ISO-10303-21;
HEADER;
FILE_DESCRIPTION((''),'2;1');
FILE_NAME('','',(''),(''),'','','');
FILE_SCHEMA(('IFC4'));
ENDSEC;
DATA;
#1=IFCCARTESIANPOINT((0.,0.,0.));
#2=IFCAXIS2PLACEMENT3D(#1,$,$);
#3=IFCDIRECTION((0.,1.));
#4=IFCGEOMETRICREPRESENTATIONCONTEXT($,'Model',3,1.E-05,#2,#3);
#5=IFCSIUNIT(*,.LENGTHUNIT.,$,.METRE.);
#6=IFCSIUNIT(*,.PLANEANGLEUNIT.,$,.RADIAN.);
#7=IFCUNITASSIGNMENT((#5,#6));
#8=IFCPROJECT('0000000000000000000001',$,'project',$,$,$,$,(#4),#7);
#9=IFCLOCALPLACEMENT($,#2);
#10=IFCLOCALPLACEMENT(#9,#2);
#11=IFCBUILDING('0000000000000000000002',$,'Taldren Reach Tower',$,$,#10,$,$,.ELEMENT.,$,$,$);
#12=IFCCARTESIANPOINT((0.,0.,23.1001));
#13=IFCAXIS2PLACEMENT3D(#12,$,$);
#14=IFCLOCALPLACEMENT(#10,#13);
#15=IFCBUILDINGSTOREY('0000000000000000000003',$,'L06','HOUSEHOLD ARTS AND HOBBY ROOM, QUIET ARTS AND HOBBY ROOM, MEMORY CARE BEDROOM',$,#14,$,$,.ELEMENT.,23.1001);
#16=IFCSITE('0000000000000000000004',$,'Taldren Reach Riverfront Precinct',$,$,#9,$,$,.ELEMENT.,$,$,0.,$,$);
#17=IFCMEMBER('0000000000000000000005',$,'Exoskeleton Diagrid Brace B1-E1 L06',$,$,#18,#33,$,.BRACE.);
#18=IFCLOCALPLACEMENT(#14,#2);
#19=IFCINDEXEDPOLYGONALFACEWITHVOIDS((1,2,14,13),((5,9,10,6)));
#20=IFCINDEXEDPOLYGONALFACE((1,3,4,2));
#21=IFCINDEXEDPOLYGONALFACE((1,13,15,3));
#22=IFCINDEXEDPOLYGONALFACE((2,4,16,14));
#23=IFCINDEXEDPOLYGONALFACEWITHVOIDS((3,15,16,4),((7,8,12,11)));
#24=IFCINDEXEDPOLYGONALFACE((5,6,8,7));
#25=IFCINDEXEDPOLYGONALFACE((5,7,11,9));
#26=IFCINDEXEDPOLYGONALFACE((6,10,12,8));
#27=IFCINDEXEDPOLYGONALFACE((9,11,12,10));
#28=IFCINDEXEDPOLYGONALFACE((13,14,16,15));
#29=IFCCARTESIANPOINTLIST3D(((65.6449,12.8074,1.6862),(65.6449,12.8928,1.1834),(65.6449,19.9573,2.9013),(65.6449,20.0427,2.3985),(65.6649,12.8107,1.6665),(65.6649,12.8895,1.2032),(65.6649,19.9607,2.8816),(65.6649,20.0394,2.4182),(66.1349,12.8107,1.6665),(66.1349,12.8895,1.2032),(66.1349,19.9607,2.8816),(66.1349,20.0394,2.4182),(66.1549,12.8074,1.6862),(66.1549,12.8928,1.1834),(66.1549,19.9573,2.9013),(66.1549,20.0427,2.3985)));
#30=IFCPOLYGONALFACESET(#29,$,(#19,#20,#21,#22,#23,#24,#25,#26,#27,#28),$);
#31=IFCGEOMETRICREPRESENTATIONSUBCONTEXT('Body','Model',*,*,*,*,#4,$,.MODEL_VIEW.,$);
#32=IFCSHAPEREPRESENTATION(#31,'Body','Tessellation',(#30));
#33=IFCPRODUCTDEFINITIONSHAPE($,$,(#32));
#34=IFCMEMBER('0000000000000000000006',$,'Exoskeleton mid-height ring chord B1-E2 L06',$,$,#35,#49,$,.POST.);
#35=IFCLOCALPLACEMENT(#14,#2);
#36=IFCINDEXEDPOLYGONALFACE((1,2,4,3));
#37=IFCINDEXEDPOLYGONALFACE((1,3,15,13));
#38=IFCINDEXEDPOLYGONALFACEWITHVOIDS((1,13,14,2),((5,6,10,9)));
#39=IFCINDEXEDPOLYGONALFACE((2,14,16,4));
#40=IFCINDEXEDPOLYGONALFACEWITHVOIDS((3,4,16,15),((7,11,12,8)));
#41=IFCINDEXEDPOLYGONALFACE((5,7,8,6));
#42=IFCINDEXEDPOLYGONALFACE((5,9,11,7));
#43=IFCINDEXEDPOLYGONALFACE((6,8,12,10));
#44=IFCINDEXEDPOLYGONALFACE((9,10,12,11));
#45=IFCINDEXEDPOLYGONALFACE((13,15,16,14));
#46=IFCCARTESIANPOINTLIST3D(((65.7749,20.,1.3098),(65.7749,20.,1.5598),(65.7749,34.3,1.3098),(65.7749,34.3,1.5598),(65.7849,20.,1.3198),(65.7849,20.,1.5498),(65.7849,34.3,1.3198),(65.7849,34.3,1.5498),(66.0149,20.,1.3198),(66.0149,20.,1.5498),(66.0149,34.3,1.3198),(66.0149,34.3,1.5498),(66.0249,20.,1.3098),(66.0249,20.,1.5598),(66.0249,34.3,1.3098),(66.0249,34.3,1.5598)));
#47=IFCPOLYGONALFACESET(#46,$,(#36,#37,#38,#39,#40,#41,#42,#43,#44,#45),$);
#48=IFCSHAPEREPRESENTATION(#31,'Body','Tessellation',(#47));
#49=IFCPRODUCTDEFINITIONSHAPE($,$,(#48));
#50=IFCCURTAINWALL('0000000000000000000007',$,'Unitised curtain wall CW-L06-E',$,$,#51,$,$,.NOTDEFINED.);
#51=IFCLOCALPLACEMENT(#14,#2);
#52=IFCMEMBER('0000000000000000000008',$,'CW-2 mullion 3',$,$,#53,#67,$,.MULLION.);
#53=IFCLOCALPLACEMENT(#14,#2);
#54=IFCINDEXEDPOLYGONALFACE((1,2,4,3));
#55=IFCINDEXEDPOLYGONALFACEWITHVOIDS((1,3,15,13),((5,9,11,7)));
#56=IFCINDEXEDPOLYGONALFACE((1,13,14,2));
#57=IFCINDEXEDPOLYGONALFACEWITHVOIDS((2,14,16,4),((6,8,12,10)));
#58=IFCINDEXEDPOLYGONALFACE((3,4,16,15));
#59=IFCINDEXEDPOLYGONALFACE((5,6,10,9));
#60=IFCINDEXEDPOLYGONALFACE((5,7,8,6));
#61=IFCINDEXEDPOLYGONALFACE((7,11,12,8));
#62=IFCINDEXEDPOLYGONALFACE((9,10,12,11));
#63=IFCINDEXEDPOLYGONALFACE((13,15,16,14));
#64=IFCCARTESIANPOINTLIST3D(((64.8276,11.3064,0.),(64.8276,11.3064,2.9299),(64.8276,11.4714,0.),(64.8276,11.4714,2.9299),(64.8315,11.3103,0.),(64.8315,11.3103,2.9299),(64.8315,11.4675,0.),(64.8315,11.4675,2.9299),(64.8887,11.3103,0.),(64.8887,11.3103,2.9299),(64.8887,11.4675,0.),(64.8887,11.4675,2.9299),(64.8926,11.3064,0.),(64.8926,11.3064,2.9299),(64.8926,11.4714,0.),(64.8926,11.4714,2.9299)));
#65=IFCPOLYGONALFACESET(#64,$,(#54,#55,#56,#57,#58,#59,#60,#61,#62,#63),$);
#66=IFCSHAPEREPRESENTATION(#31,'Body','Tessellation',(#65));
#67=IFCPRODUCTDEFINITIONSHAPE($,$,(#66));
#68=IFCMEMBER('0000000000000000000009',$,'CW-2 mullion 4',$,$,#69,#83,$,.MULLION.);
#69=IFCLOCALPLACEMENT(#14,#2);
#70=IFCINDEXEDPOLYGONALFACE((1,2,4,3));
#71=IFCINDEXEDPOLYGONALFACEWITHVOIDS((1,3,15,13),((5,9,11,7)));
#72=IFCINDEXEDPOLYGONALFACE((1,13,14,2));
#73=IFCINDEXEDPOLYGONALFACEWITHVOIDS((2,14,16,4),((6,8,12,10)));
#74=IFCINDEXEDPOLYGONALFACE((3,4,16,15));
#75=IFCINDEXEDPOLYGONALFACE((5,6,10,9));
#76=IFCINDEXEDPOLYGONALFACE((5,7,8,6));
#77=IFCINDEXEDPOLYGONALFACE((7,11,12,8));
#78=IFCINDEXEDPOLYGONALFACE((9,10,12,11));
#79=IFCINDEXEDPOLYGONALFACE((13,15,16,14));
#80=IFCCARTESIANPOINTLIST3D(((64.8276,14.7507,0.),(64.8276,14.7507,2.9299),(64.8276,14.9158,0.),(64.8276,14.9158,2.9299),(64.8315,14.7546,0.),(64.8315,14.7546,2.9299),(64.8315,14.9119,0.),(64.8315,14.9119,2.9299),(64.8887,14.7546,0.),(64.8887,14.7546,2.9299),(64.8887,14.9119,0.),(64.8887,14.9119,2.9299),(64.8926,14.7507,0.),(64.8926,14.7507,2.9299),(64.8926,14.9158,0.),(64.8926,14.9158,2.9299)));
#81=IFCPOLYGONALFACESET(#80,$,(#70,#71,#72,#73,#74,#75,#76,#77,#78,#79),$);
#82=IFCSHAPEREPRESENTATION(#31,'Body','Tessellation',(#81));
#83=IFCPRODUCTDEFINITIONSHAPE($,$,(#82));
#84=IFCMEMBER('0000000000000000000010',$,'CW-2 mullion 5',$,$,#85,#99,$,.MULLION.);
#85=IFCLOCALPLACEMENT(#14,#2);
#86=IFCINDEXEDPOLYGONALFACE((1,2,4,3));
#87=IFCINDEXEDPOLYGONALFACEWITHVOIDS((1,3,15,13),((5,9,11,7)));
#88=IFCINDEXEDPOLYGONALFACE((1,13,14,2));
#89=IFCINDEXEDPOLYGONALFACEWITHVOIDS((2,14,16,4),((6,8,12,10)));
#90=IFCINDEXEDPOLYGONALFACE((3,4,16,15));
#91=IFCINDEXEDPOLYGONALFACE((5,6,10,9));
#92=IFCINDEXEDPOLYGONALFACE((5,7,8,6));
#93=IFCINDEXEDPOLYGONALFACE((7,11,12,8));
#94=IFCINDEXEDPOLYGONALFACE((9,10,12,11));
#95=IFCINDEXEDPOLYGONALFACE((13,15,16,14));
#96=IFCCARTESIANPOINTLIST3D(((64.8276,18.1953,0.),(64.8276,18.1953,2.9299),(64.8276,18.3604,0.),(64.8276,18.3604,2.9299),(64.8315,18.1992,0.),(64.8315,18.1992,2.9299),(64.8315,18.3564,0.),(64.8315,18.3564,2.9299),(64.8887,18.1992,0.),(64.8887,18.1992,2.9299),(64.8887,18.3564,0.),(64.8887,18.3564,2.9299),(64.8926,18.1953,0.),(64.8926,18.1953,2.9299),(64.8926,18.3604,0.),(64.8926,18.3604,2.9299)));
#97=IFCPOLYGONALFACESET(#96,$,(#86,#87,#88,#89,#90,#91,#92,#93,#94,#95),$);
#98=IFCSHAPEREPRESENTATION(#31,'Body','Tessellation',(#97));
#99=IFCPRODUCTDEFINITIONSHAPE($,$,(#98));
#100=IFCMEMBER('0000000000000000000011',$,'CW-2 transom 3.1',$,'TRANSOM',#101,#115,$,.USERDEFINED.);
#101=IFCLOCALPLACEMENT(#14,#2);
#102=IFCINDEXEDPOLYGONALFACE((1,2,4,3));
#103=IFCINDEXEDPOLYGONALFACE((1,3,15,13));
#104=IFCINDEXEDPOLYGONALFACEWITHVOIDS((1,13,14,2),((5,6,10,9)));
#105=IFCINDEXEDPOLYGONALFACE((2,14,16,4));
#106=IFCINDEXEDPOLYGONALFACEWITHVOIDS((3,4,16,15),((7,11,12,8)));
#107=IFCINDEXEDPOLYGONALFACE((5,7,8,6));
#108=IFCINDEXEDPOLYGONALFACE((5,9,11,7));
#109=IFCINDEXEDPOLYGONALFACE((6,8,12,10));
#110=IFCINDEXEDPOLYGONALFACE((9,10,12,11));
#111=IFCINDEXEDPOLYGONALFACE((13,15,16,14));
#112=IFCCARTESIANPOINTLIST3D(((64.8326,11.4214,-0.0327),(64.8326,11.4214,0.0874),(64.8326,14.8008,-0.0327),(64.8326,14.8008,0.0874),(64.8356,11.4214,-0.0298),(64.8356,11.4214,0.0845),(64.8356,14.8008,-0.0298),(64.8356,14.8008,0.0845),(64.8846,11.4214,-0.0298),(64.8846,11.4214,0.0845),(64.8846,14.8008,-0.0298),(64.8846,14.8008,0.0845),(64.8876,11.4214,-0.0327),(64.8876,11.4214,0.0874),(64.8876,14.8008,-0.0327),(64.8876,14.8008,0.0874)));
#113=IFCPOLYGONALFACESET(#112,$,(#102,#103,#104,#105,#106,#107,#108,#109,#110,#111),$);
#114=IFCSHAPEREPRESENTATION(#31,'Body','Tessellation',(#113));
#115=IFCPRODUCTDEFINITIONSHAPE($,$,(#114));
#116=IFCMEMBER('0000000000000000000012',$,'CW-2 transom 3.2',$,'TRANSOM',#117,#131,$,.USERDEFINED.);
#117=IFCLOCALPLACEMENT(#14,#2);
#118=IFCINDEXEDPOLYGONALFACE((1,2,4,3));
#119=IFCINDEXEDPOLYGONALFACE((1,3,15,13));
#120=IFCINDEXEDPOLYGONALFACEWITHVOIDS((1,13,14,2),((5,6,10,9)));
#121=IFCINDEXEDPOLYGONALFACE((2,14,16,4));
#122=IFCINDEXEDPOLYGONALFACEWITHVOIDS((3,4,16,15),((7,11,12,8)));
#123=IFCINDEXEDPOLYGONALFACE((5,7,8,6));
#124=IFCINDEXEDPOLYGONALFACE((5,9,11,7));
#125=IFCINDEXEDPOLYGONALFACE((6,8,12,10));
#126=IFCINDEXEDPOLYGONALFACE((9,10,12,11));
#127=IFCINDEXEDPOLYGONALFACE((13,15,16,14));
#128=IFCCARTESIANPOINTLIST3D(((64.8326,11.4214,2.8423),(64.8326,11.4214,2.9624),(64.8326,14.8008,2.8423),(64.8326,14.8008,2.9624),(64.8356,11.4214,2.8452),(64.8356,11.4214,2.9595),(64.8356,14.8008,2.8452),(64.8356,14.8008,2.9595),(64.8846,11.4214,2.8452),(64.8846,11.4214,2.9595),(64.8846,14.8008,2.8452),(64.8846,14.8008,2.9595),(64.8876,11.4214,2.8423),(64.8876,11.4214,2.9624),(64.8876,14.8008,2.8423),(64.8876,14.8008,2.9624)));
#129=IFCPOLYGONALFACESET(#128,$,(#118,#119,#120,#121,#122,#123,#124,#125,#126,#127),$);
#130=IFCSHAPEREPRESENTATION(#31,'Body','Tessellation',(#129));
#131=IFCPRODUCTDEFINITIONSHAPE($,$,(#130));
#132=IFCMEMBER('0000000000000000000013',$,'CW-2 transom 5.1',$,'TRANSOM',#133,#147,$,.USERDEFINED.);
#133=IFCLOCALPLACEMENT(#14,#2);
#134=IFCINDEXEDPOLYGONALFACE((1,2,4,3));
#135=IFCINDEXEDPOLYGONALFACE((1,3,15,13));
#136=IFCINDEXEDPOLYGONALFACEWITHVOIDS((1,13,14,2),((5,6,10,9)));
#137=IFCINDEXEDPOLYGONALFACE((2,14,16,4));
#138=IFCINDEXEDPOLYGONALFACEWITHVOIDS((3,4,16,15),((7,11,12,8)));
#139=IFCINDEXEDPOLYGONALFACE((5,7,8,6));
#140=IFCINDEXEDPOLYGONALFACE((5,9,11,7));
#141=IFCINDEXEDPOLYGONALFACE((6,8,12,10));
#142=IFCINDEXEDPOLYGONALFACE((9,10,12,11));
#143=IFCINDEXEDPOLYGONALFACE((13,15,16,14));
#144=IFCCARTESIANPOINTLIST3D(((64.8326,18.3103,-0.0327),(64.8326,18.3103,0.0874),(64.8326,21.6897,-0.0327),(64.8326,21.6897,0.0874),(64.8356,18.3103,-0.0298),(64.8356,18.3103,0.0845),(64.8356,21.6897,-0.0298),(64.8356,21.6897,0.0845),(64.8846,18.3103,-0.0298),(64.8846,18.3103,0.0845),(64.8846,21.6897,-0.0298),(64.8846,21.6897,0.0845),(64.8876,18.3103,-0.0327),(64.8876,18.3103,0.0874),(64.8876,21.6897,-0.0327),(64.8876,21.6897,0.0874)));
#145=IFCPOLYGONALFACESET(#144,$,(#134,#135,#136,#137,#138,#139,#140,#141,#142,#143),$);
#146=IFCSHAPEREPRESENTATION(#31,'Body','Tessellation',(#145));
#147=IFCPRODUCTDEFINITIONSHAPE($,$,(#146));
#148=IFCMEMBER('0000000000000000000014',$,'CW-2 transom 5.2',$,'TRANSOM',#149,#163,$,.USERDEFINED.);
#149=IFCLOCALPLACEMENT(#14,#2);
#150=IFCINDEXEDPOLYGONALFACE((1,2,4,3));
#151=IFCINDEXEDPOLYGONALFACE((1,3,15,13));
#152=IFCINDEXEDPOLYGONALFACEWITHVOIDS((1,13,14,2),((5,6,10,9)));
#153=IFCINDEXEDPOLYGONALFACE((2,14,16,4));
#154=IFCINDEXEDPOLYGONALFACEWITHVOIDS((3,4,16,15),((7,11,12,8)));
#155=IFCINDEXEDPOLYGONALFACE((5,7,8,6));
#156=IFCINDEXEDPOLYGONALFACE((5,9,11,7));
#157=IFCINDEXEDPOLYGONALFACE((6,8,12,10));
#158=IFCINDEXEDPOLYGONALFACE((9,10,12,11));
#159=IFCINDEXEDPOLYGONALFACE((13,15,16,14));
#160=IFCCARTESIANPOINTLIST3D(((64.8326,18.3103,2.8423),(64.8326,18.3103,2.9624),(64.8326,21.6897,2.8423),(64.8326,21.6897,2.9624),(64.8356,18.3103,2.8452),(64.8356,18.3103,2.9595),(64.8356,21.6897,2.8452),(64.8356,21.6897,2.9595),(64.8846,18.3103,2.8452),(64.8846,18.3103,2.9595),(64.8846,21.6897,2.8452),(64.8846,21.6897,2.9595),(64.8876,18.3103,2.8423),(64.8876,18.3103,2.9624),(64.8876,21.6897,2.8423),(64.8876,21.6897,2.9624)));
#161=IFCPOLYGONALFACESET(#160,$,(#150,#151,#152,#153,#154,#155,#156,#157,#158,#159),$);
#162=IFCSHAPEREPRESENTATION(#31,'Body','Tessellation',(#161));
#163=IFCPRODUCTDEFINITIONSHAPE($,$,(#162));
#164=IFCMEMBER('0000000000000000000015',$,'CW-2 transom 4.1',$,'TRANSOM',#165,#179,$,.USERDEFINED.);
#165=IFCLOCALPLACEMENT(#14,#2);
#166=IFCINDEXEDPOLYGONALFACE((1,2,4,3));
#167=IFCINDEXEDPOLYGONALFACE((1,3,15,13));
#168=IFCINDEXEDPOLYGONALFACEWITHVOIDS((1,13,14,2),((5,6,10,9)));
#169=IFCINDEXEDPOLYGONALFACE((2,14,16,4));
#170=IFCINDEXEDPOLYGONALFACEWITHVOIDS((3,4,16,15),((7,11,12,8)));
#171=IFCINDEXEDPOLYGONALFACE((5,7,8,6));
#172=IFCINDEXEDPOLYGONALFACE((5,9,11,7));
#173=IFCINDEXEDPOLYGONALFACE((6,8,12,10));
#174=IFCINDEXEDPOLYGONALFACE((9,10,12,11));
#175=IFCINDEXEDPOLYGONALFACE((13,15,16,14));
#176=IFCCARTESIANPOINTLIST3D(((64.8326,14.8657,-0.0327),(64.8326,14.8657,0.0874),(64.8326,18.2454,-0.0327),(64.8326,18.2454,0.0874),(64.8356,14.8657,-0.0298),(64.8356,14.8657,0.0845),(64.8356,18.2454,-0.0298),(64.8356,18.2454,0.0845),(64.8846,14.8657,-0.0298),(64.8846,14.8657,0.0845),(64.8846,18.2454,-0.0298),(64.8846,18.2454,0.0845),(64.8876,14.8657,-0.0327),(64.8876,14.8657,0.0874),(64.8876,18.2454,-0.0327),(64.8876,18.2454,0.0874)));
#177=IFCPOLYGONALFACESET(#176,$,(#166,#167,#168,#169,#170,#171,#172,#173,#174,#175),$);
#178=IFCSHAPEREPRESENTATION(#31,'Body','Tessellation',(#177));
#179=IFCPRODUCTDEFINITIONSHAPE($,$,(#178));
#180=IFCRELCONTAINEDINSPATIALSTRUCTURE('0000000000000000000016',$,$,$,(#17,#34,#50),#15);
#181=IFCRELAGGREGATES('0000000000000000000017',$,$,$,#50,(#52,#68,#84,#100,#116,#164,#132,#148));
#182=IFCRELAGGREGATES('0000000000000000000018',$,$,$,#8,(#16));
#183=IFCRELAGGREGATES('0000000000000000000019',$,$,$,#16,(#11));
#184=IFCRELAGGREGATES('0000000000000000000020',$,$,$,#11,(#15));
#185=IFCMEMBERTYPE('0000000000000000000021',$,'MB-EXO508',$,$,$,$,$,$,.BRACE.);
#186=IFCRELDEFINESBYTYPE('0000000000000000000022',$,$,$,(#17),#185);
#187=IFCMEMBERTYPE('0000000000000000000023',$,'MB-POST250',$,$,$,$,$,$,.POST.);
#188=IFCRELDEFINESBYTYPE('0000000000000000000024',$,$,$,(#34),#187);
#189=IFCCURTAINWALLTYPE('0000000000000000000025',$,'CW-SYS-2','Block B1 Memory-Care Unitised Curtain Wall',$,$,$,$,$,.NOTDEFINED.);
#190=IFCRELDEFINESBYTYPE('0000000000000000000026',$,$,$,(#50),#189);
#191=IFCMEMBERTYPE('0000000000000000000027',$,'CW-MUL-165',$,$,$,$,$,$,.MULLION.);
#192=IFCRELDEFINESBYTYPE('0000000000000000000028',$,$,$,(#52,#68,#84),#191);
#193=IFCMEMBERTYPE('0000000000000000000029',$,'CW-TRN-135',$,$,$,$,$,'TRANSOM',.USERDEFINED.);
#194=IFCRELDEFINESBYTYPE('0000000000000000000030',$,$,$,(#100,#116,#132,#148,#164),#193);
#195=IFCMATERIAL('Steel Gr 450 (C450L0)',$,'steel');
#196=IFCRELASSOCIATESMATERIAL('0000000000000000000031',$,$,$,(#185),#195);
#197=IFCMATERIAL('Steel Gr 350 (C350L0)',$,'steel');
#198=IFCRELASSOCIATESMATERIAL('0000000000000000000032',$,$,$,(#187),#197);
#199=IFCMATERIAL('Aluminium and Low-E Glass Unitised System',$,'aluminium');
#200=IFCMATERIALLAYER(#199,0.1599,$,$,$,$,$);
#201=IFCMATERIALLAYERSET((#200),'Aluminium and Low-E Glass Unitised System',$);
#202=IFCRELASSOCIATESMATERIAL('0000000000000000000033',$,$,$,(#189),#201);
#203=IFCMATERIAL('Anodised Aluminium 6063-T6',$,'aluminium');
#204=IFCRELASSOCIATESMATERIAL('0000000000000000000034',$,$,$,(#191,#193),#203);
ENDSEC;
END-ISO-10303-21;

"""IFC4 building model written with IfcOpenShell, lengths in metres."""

from ifc_helpers import new_model, si_unit, direction, frame, origin, origin_2d, place, context, subcontext, project, spatial, hollow_rectangle, extrude, source, transform, mapped, material, layer, layer_set, material_profile, profile_set, type_object, element, aggregate, save


model = new_model("IFC4")

# Units and contexts
model_context = context("Model", 3, precision=1e-05, world=origin(), true_north=direction((0.0, 1.0)))
body_context = subcontext(model_context, "Body", "Model", "MODEL_VIEW")
ifc_project = project(units=[si_unit("LENGTHUNIT", "METRE"), si_unit("PLANEANGLEUNIT", "RADIAN")], contexts=[model_context])

# Site, building, storey
site_placement = place(None, origin())
site = spatial("IfcSite", under=ifc_project, at=site_placement, Name="Taldren Reach Riverfront Precinct", CompositionType="ELEMENT", RefElevation=0.0)
building_placement = place(site_placement, origin())
building = spatial("IfcBuilding", under=site, at=building_placement, Name="Taldren Reach Tower", CompositionType="ELEMENT")
storey_placement = place(building_placement, frame((0.0, 0.0, 23.1001)))
storey = spatial("IfcBuildingStorey", under=building, at=storey_placement, Name="L06", Description="HOUSEHOLD ARTS AND HOBBY ROOM, QUIET ARTS AND HOBBY ROOM, MEMORY CARE BEDROOM", CompositionType="ELEMENT", Elevation=23.1001)

# Members
ifc_material_1 = material(Name="Steel Gr 450 (C450L0)", Category="steel")
ifc_material_profile_1 = material_profile(ifc_material_1, hollow_rectangle(XDim=0.51, YDim=0.51, WallThickness=0.02, at=origin_2d()), Name="510x510x20.0SHS")
ifc_profile_set_1 = profile_set([ifc_material_profile_1], Name="Steel Gr 450 (C450L0)")
member_type_1 = type_object("IfcMemberType", Name="MB-EXO508", PredefinedType="BRACE", material=ifc_profile_set_1)
shared_shape_1 = source(origin(), body_context, "Body", "SweptSolid", [
    extrude(hollow_rectangle(XDim=0.51, YDim=0.51, WallThickness=0.02, at=origin_2d()), origin(), (0.0, 0.0, 1.0), 7.2524),
])
member_1_placement = place(storey_placement, frame((65.8999, 12.8501, 1.4348), z_axis=(0.0, 0.985865, 0.167542), x_axis=(-1.0, 0.0, 0.0)))
element("IfcMember", 1, at=member_1_placement, inside=storey, type_object=member_type_1, Name="Exoskeleton Diagrid Brace B1-E1 L06", PredefinedType="BRACE", context=body_context, shape_type="MappedRepresentation", body=[
    mapped(shared_shape_1, transform((0.0, 0.0, 0.0), scale=1.0)),
])
ifc_material_2 = material(Name="Steel Gr 350 (C350L0)", Category="steel")
ifc_material_profile_2 = material_profile(ifc_material_2, hollow_rectangle(XDim=0.25, YDim=0.25, WallThickness=0.01, at=origin_2d()), Name="250x250x10.0SHS")
ifc_profile_set_2 = profile_set([ifc_material_profile_2], Name="Steel Gr 350 (C350L0)")
member_type_2 = type_object("IfcMemberType", Name="MB-POST250", PredefinedType="POST", material=ifc_profile_set_2)
shared_shape_2 = source(origin(), body_context, "Body", "SweptSolid", [
    extrude(hollow_rectangle(XDim=0.25, YDim=0.25, WallThickness=0.01, at=origin_2d()), origin(), (0.0, 0.0, 1.0), 14.3),
])
member_2_placement = place(storey_placement, frame((65.8999, 20.0, 1.4348), z_axis=(0.0, 1.0, 0.0), x_axis=(-1.0, 0.0, 0.0)))
element("IfcMember", 2, at=member_2_placement, inside=storey, type_object=member_type_2, Name="Exoskeleton mid-height ring chord B1-E2 L06", PredefinedType="POST", context=body_context, shape_type="MappedRepresentation", body=[
    mapped(shared_shape_2, transform((0.0, 0.0, 0.0), scale=1.0)),
])

# Curtain wall, members
ifc_material_3 = material(Name="Aluminium and Low-E Glass Unitised System", Category="aluminium")
ifc_layer_1 = layer(ifc_material_3, 0.1599)
ifc_layer_set_1 = layer_set([ifc_layer_1], Name="Aluminium and Low-E Glass Unitised System")
curtain_wall_type = type_object("IfcCurtainWallType", Name="CW-SYS-2", Description="Block B1 Memory-Care Unitised Curtain Wall", PredefinedType="NOTDEFINED", material=ifc_layer_set_1)
curtain_wall_placement = place(storey_placement, origin())
curtain_wall = element("IfcCurtainWall", 3, at=curtain_wall_placement, inside=storey, type_object=curtain_wall_type, Name="Unitised curtain wall CW-L06-E", PredefinedType="NOTDEFINED")
ifc_material_4 = material(Name="Anodised Aluminium 6063-T6", Category="aluminium")
ifc_material_profile_3 = material_profile(ifc_material_4, hollow_rectangle(XDim=0.0649, YDim=0.165, WallThickness=0.0039, at=origin_2d()), Name="ALU-165x65x4RHS")
ifc_profile_set_3 = profile_set([ifc_material_profile_3], Name="Anodised Aluminium 6063-T6")
member_type_3 = type_object("IfcMemberType", Name="CW-MUL-165", PredefinedType="MULLION", material=ifc_profile_set_3)
shared_shape_3 = source(origin(), body_context, "Body", "SweptSolid", [
    extrude(hollow_rectangle(XDim=0.0649, YDim=0.165, WallThickness=0.0039, at=origin_2d()), origin(), (0.0, 0.0, 1.0), 2.9299),
])
member_3_placement = place(storey_placement, frame((64.8601, 11.3889, 0.0), z_axis=(0.0, 0.0, 1.0), x_axis=(-1.0, 0.0, 0.0)))
member_3 = element("IfcMember", 4, at=member_3_placement, type_object=member_type_3, Name="CW-2 mullion 3", PredefinedType="MULLION", context=body_context, shape_type="MappedRepresentation", body=[
    mapped(shared_shape_3, transform((0.0, 0.0, 0.0), scale=1.0)),
])
member_4_placement = place(storey_placement, frame((64.8601, 14.8333, 0.0), z_axis=(0.0, 0.0, 1.0), x_axis=(-1.0, 0.0, 0.0)))
member_4 = element("IfcMember", 5, at=member_4_placement, type_object=member_type_3, Name="CW-2 mullion 4", PredefinedType="MULLION", context=body_context, shape_type="MappedRepresentation", body=[
    mapped(shared_shape_3, transform((0.0, 0.0, 0.0), scale=1.0)),
])
member_5_placement = place(storey_placement, frame((64.8601, 18.2778, 0.0), z_axis=(0.0, 0.0, 1.0), x_axis=(-1.0, 0.0, 0.0)))
member_5 = element("IfcMember", 6, at=member_5_placement, type_object=member_type_3, Name="CW-2 mullion 5", PredefinedType="MULLION", context=body_context, shape_type="MappedRepresentation", body=[
    mapped(shared_shape_3, transform((0.0, 0.0, 0.0), scale=1.0)),
])
ifc_material_profile_4 = material_profile(ifc_material_4, hollow_rectangle(XDim=0.0549, YDim=0.1201, WallThickness=0.0029, at=origin_2d()), Name="ALU-120x55x3RHS")
ifc_profile_set_4 = profile_set([ifc_material_profile_4], Name="Anodised Aluminium 6063-T6")
member_type_4 = type_object("IfcMemberType", Name="CW-TRN-135", ElementType="TRANSOM", PredefinedType="USERDEFINED", material=ifc_profile_set_4)
shared_shape_4 = source(origin(), body_context, "Body", "SweptSolid", [
    extrude(hollow_rectangle(XDim=0.0549, YDim=0.1201, WallThickness=0.0029, at=origin_2d()), origin(), (0.0, 0.0, 1.0), 3.3794),
])
member_6_placement = place(storey_placement, frame((64.8601, 11.4214, 0.0273), z_axis=(0.0, 1.0, 0.0), x_axis=(-1.0, 0.0, 0.0)))
member_6 = element("IfcMember", 7, at=member_6_placement, type_object=member_type_4, Name="CW-2 transom 3.1", ObjectType="TRANSOM", PredefinedType="USERDEFINED", context=body_context, shape_type="MappedRepresentation", body=[
    mapped(shared_shape_4, transform((0.0, 0.0, 0.0), scale=1.0)),
])
member_7_placement = place(storey_placement, frame((64.8601, 11.4214, 2.9023), z_axis=(0.0, 1.0, 0.0), x_axis=(-1.0, 0.0, 0.0)))
member_7 = element("IfcMember", 8, at=member_7_placement, type_object=member_type_4, Name="CW-2 transom 3.2", ObjectType="TRANSOM", PredefinedType="USERDEFINED", context=body_context, shape_type="MappedRepresentation", body=[
    mapped(shared_shape_4, transform((0.0, 0.0, 0.0), scale=1.0)),
])
member_8_placement = place(storey_placement, frame((64.8601, 18.3103, 0.0273), z_axis=(0.0, 1.0, 0.0), x_axis=(-1.0, 0.0, 0.0)))
member_8 = element("IfcMember", 9, at=member_8_placement, type_object=member_type_4, Name="CW-2 transom 5.1", ObjectType="TRANSOM", PredefinedType="USERDEFINED", context=body_context, shape_type="MappedRepresentation", body=[
    mapped(shared_shape_4, transform((0.0, 0.0, 0.0), scale=1.0)),
])
member_9_placement = place(storey_placement, frame((64.8601, 18.3103, 2.9023), z_axis=(0.0, 1.0, 0.0), x_axis=(-1.0, 0.0, 0.0)))
member_9 = element("IfcMember", 10, at=member_9_placement, type_object=member_type_4, Name="CW-2 transom 5.2", ObjectType="TRANSOM", PredefinedType="USERDEFINED", context=body_context, shape_type="MappedRepresentation", body=[
    mapped(shared_shape_4, transform((0.0, 0.0, 0.0), scale=1.0)),
])
shared_shape_5 = source(origin(), body_context, "Body", "SweptSolid", [
    extrude(hollow_rectangle(XDim=0.0549, YDim=0.1201, WallThickness=0.0029, at=origin_2d()), origin(), (0.0, 0.0, 1.0), 3.3796),
])
member_10_placement = place(storey_placement, frame((64.8601, 14.8657, 0.0273), z_axis=(0.0, 1.0, 0.0), x_axis=(-1.0, 0.0, 0.0)))
member_10 = element("IfcMember", 11, at=member_10_placement, type_object=member_type_4, Name="CW-2 transom 4.1", ObjectType="TRANSOM", PredefinedType="USERDEFINED", context=body_context, shape_type="MappedRepresentation", body=[
    mapped(shared_shape_5, transform((0.0, 0.0, 0.0), scale=1.0)),
])

aggregate(curtain_wall, [member_3, member_4, member_5, member_6, member_7, member_10, member_8, member_9])

save(model, "model.ifc")
